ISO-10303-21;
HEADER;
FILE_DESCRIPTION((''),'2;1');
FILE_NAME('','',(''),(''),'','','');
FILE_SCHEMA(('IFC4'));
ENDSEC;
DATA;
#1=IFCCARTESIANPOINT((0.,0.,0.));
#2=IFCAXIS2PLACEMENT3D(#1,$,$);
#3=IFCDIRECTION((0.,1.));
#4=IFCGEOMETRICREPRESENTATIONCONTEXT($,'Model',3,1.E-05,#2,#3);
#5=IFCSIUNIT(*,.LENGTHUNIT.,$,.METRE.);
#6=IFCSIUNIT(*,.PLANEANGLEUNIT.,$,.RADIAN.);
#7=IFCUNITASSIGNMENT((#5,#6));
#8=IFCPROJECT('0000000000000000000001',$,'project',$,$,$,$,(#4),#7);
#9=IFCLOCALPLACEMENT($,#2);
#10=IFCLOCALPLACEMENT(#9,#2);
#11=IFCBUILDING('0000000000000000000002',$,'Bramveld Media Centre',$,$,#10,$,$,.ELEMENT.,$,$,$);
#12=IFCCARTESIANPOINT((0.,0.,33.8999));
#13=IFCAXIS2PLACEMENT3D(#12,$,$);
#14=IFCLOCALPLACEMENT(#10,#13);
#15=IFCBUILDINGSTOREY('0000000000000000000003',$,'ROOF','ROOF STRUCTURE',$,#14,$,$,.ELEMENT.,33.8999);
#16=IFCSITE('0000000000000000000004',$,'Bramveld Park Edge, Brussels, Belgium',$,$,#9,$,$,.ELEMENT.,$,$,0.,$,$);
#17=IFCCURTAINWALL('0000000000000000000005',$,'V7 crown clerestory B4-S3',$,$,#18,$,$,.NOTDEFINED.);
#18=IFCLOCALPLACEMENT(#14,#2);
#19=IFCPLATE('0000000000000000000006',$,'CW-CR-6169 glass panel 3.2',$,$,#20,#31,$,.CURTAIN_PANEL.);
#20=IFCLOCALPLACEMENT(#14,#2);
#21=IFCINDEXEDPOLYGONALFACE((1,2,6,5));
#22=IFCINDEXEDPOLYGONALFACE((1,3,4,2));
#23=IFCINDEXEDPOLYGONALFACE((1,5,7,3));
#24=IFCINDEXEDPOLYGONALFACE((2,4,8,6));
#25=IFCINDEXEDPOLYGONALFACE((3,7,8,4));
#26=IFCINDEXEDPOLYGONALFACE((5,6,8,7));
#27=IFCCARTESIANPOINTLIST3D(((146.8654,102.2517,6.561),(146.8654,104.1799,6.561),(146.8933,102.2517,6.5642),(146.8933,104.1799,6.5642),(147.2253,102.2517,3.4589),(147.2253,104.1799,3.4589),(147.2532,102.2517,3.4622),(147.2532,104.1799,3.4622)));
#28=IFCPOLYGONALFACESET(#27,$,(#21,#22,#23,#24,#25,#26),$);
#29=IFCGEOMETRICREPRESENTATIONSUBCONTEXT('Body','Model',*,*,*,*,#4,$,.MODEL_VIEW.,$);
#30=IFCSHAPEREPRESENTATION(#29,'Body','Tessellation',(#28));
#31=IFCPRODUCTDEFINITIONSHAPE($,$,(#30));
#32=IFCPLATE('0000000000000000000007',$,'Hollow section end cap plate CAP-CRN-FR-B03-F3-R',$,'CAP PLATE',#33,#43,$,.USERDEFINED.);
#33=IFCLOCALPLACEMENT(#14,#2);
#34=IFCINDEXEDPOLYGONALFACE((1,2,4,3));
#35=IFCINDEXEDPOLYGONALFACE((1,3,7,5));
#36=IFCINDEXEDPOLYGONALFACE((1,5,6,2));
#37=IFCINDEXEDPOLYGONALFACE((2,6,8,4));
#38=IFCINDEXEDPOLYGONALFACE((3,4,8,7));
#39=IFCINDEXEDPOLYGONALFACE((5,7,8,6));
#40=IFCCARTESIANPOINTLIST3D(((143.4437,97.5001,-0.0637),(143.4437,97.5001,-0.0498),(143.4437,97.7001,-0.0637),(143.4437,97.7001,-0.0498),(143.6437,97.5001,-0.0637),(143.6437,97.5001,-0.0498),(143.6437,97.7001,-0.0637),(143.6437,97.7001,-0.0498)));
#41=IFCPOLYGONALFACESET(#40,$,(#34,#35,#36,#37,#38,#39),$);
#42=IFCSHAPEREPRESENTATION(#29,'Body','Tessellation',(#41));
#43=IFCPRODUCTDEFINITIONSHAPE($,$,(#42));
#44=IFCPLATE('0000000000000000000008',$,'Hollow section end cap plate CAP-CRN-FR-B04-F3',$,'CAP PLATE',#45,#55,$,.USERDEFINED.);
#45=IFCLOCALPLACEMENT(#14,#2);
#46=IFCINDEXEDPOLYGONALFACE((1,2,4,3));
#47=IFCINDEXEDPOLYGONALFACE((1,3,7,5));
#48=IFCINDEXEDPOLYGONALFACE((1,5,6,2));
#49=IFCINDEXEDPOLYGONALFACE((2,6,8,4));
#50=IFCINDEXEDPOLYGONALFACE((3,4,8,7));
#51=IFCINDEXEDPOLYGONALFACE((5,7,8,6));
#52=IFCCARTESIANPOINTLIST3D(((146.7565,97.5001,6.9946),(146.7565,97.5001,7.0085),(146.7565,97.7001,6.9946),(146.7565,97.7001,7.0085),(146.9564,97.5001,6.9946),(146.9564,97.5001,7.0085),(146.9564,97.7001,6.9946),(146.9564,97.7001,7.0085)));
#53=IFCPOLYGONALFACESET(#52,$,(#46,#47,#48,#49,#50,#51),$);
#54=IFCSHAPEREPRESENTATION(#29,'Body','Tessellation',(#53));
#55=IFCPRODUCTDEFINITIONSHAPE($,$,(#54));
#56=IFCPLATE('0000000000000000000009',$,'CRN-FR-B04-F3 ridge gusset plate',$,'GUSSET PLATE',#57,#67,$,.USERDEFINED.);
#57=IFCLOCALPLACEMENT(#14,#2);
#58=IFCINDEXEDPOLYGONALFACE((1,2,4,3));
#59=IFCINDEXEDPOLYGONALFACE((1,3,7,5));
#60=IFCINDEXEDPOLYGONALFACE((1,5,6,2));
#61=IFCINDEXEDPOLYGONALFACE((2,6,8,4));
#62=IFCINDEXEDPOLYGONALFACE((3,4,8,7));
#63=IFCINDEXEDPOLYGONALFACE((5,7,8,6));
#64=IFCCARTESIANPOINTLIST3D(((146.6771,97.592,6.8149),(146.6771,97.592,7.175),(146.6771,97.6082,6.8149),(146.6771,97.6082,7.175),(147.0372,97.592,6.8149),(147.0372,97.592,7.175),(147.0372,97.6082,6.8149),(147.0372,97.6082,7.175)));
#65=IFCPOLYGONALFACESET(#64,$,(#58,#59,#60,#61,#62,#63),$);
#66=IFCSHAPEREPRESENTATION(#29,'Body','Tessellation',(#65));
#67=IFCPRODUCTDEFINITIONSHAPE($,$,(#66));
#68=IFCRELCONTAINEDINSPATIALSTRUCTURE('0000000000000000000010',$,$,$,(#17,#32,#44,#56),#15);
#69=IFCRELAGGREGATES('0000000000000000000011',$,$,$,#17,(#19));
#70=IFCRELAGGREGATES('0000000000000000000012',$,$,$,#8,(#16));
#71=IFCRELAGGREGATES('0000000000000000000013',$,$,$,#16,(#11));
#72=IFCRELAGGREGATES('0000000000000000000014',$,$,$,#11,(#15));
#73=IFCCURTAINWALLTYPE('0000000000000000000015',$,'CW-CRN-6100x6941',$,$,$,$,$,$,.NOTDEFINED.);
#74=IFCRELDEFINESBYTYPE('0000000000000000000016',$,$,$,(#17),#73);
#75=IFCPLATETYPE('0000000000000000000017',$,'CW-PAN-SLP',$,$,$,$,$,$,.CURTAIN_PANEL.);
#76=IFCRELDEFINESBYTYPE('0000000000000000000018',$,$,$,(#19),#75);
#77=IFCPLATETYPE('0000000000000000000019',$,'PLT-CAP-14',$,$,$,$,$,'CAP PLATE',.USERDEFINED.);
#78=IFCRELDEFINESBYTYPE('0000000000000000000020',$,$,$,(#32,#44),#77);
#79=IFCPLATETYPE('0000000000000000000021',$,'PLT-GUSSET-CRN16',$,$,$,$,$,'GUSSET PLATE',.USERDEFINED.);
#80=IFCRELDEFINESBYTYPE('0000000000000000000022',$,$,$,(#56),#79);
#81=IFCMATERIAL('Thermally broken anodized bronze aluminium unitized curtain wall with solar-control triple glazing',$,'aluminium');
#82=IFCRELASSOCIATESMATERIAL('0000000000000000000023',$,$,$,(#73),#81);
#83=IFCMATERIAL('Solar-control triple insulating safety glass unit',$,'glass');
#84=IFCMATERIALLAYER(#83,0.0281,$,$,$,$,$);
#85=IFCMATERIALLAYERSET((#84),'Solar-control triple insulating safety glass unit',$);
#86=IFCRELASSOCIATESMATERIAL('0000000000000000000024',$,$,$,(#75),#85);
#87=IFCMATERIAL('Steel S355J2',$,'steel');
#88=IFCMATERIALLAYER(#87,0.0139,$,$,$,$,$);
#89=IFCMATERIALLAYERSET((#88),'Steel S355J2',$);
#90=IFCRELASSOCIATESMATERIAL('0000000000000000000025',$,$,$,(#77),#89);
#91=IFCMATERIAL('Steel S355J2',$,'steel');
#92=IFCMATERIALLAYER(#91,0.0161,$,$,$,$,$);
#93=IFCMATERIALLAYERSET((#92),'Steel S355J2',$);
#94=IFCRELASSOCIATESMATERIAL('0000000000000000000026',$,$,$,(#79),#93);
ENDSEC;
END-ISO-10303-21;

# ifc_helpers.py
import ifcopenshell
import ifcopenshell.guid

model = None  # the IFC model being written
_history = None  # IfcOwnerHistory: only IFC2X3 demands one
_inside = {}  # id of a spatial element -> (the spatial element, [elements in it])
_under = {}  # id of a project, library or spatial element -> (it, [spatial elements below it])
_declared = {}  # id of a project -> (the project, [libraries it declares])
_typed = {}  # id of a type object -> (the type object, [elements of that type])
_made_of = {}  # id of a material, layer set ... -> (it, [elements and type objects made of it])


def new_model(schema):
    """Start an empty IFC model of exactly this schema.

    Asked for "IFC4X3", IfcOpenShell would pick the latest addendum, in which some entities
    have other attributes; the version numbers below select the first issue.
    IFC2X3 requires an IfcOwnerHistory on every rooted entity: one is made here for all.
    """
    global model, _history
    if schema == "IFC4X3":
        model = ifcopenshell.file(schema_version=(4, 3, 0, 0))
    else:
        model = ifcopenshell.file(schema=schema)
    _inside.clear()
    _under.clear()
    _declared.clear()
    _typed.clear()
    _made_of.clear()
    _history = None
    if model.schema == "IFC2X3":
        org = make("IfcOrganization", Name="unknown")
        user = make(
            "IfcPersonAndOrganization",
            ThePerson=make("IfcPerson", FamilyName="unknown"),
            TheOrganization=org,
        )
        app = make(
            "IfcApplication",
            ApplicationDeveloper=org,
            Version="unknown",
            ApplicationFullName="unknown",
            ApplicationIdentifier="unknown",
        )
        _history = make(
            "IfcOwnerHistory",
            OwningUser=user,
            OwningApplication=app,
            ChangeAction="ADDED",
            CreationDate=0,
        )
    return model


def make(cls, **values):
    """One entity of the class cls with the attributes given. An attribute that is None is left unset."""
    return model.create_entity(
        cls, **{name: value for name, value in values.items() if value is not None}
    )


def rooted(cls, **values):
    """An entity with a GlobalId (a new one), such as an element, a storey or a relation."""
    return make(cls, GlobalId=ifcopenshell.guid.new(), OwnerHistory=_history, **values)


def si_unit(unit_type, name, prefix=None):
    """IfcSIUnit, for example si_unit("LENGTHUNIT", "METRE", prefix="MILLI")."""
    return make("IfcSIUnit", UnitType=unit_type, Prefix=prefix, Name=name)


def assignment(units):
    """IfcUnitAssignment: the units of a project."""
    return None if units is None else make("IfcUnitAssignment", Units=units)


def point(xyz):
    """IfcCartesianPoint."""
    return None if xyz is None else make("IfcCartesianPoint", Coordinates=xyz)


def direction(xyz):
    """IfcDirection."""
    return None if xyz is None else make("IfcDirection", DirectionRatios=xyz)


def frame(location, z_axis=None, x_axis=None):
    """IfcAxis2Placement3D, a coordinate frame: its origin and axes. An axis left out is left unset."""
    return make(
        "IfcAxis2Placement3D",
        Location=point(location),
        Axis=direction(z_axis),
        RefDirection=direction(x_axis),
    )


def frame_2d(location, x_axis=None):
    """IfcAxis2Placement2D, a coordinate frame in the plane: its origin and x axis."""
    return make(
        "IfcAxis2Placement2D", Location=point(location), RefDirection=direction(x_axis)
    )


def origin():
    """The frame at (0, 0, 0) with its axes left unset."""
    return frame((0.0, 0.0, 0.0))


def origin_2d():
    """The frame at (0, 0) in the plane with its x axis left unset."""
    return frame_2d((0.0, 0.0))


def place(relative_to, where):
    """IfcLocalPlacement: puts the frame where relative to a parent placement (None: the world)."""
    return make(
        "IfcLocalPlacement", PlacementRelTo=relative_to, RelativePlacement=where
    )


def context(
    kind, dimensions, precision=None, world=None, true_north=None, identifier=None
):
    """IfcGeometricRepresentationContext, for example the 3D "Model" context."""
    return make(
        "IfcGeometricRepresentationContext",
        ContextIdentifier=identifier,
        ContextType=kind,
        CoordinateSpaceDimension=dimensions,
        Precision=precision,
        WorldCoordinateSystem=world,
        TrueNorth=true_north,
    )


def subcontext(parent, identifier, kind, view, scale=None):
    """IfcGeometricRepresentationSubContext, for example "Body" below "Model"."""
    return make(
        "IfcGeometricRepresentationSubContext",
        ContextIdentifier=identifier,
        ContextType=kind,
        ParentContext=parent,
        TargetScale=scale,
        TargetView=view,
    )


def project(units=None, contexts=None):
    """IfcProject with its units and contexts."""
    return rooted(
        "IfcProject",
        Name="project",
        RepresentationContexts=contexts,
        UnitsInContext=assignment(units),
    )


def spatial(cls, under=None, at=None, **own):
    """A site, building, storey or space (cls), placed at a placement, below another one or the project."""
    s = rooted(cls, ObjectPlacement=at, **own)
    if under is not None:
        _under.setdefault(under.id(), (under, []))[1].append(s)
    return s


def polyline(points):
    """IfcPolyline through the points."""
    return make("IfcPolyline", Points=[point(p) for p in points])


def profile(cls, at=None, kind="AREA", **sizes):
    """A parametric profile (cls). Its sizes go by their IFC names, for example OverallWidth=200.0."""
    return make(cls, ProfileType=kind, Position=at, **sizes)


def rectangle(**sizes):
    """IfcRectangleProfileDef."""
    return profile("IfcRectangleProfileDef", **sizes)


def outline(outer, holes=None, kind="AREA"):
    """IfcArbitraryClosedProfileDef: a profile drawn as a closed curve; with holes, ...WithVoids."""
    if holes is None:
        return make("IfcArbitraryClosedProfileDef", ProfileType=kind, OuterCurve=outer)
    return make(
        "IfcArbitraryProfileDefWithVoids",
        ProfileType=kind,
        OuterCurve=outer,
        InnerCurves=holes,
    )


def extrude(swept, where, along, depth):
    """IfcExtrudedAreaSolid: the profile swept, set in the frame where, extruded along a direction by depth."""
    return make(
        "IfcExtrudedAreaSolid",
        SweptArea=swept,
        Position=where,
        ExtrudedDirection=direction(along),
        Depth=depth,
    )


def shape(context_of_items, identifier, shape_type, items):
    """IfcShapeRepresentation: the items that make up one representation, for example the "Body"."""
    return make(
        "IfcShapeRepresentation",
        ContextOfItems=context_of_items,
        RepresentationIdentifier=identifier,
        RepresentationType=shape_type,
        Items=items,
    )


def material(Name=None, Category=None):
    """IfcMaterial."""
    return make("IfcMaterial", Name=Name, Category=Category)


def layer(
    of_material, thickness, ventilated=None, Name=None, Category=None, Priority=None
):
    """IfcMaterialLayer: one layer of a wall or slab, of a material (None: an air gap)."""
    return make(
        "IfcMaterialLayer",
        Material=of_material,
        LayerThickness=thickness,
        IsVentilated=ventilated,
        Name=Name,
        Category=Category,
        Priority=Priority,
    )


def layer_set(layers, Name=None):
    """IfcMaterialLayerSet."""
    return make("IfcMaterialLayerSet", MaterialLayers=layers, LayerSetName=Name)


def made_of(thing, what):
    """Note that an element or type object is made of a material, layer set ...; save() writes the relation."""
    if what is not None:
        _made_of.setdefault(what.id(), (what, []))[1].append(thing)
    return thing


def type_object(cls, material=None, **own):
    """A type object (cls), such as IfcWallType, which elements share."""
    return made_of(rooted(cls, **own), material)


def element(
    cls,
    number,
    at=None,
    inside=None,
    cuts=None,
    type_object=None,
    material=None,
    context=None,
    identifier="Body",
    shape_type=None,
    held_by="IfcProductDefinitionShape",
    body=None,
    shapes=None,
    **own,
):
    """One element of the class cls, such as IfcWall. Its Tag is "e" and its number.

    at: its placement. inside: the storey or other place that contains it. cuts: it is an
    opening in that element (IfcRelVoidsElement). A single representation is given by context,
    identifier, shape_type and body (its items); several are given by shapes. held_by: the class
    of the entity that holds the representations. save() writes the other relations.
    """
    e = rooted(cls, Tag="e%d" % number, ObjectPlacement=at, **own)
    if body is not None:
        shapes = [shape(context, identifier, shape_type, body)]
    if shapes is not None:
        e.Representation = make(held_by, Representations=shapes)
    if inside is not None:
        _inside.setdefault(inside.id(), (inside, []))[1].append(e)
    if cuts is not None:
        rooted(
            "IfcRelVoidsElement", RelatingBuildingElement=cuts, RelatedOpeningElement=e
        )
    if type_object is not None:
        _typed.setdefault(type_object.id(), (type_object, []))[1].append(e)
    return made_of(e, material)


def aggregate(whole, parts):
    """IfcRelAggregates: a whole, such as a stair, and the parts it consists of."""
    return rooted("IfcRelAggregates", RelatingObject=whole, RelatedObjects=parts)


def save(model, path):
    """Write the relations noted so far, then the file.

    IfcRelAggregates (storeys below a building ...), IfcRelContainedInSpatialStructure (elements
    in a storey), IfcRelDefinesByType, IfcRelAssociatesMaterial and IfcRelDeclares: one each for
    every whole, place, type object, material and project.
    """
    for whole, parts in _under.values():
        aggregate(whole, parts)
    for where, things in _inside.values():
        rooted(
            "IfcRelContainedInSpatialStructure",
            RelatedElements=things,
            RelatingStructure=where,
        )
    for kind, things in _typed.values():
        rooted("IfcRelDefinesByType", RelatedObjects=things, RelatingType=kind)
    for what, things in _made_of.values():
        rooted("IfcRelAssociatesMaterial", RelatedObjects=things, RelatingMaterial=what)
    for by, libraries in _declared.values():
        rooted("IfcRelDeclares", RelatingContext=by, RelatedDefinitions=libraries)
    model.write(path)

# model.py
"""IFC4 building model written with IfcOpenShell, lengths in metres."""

from ifc_helpers import new_model, si_unit, direction, frame, origin, origin_2d, place, context, subcontext, project, spatial, polyline, rectangle, outline, extrude, material, layer, layer_set, type_object, element, aggregate, save


model = new_model("IFC4")

# Units and contexts
model_context = context("Model", 3, precision=1e-05, world=origin(), true_north=direction((0.0, 1.0)))
body_context = subcontext(model_context, "Body", "Model", "MODEL_VIEW")
ifc_project = project(units=[si_unit("LENGTHUNIT", "METRE"), si_unit("PLANEANGLEUNIT", "RADIAN")], contexts=[model_context])

# Site, building, storey
site_placement = place(None, origin())
site = spatial("IfcSite", under=ifc_project, at=site_placement, Name="Bramveld Park Edge, Brussels, Belgium", CompositionType="ELEMENT", RefElevation=0.0)
building_placement = place(site_placement, origin())
building = spatial("IfcBuilding", under=site, at=building_placement, Name="Bramveld Media Centre", CompositionType="ELEMENT")
storey_placement = place(building_placement, frame((0.0, 0.0, 33.8999)))
storey = spatial("IfcBuildingStorey", under=building, at=storey_placement, Name="ROOF", Description="ROOF STRUCTURE", CompositionType="ELEMENT", Elevation=33.8999)

# Curtain wall
ifc_material_1 = material(Name="Thermally broken anodized bronze aluminium unitized curtain wall with solar-control triple glazing", Category="aluminium")
curtain_wall_type = type_object("IfcCurtainWallType", Name="CW-CRN-6100x6941", PredefinedType="NOTDEFINED", material=ifc_material_1)
curtain_wall_1_placement = place(storey_placement, origin())
curtain_wall_1 = element("IfcCurtainWall", 1, at=curtain_wall_1_placement, inside=storey, type_object=curtain_wall_type, Name="V7 crown clerestory B4-S3", PredefinedType="NOTDEFINED")

# Plate
ifc_material_2 = material(Name="Solar-control triple insulating safety glass unit", Category="glass")
ifc_layer_1 = layer(ifc_material_2, 0.0281)
ifc_layer_set_1 = layer_set([ifc_layer_1], Name="Solar-control triple insulating safety glass unit")
plate_type_1 = type_object("IfcPlateType", Name="CW-PAN-SLP", PredefinedType="CURTAIN_PANEL", material=ifc_layer_set_1)
plate_1_placement = place(storey_placement, frame((147.2532, 102.2517, 3.4622), z_axis=(0.993338, 0.0, 0.115235), x_axis=(0.0, 1.0, 0.0)))
plate_1 = element("IfcPlate", 2, at=plate_1_placement, type_object=plate_type_1, Name="CW-CR-6169 glass panel 3.2", PredefinedType="CURTAIN_PANEL", context=body_context, shape_type="SweptSolid", body=[
    extrude(outline(polyline([(0.0, 0.0), (1.9282, 0.0), (1.9282, 3.1229), (0.0, 3.1229), (0.0, 0.0)])), origin(), (0.0, 0.0, -1.0), 0.0281),
])
aggregate(curtain_wall_1, [plate_1])

# Plates
ifc_material_3 = material(Name="Steel S355J2", Category="steel")
ifc_layer_2 = layer(ifc_material_3, 0.0139)
ifc_layer_set_2 = layer_set([ifc_layer_2], Name="Steel S355J2")
plate_type_2 = type_object("IfcPlateType", Name="PLT-CAP-14", ElementType="CAP PLATE", PredefinedType="USERDEFINED", material=ifc_layer_set_2)
for number, where, z_axis, x_axis, name in (
    (3, (143.5437, 97.6001, -0.0498), (0.0, 0.0, -1.0), (1.0, 0.0, 0.0), "Hollow section end cap plate CAP-CRN-FR-B03-F3-R"),
    (4, (146.8564, 97.6001, 6.9946), (0.0, 0.0, 1.0), (1.0, 0.0, 0.0), "Hollow section end cap plate CAP-CRN-FR-B04-F3"),
):
    element("IfcPlate", number, at=place(storey_placement, frame(where, z_axis=z_axis, x_axis=x_axis)), inside=storey, type_object=plate_type_2, Name=name, ObjectType="CAP PLATE", PredefinedType="USERDEFINED", context=body_context, shape_type="SweptSolid", body=[
        extrude(rectangle(XDim=0.2, YDim=0.2, at=origin_2d()), origin(), (0.0, 0.0, 1.0), 0.0139),
    ])
ifc_material_4 = material(Name="Steel S355J2", Category="steel")
ifc_layer_3 = layer(ifc_material_4, 0.0161)
ifc_layer_set_3 = layer_set([ifc_layer_3], Name="Steel S355J2")
plate_type_3 = type_object("IfcPlateType", Name="PLT-GUSSET-CRN16", ElementType="GUSSET PLATE", PredefinedType="USERDEFINED", material=ifc_layer_set_3)
plate_2_placement = place(storey_placement, frame((146.8572, 97.6001, 6.8149), z_axis=(0.0, 0.0, 1.0), x_axis=(1.0, 0.0, 0.0)))
element("IfcPlate", 5, at=plate_2_placement, inside=storey, type_object=plate_type_3, Name="CRN-FR-B04-F3 ridge gusset plate", ObjectType="GUSSET PLATE", PredefinedType="USERDEFINED", context=body_context, shape_type="SweptSolid", body=[
    extrude(rectangle(XDim=0.3601, YDim=0.0161, at=origin_2d()), origin(), (0.0, 0.0, 1.0), 0.3601),
])

save(model, "model.ifc")
